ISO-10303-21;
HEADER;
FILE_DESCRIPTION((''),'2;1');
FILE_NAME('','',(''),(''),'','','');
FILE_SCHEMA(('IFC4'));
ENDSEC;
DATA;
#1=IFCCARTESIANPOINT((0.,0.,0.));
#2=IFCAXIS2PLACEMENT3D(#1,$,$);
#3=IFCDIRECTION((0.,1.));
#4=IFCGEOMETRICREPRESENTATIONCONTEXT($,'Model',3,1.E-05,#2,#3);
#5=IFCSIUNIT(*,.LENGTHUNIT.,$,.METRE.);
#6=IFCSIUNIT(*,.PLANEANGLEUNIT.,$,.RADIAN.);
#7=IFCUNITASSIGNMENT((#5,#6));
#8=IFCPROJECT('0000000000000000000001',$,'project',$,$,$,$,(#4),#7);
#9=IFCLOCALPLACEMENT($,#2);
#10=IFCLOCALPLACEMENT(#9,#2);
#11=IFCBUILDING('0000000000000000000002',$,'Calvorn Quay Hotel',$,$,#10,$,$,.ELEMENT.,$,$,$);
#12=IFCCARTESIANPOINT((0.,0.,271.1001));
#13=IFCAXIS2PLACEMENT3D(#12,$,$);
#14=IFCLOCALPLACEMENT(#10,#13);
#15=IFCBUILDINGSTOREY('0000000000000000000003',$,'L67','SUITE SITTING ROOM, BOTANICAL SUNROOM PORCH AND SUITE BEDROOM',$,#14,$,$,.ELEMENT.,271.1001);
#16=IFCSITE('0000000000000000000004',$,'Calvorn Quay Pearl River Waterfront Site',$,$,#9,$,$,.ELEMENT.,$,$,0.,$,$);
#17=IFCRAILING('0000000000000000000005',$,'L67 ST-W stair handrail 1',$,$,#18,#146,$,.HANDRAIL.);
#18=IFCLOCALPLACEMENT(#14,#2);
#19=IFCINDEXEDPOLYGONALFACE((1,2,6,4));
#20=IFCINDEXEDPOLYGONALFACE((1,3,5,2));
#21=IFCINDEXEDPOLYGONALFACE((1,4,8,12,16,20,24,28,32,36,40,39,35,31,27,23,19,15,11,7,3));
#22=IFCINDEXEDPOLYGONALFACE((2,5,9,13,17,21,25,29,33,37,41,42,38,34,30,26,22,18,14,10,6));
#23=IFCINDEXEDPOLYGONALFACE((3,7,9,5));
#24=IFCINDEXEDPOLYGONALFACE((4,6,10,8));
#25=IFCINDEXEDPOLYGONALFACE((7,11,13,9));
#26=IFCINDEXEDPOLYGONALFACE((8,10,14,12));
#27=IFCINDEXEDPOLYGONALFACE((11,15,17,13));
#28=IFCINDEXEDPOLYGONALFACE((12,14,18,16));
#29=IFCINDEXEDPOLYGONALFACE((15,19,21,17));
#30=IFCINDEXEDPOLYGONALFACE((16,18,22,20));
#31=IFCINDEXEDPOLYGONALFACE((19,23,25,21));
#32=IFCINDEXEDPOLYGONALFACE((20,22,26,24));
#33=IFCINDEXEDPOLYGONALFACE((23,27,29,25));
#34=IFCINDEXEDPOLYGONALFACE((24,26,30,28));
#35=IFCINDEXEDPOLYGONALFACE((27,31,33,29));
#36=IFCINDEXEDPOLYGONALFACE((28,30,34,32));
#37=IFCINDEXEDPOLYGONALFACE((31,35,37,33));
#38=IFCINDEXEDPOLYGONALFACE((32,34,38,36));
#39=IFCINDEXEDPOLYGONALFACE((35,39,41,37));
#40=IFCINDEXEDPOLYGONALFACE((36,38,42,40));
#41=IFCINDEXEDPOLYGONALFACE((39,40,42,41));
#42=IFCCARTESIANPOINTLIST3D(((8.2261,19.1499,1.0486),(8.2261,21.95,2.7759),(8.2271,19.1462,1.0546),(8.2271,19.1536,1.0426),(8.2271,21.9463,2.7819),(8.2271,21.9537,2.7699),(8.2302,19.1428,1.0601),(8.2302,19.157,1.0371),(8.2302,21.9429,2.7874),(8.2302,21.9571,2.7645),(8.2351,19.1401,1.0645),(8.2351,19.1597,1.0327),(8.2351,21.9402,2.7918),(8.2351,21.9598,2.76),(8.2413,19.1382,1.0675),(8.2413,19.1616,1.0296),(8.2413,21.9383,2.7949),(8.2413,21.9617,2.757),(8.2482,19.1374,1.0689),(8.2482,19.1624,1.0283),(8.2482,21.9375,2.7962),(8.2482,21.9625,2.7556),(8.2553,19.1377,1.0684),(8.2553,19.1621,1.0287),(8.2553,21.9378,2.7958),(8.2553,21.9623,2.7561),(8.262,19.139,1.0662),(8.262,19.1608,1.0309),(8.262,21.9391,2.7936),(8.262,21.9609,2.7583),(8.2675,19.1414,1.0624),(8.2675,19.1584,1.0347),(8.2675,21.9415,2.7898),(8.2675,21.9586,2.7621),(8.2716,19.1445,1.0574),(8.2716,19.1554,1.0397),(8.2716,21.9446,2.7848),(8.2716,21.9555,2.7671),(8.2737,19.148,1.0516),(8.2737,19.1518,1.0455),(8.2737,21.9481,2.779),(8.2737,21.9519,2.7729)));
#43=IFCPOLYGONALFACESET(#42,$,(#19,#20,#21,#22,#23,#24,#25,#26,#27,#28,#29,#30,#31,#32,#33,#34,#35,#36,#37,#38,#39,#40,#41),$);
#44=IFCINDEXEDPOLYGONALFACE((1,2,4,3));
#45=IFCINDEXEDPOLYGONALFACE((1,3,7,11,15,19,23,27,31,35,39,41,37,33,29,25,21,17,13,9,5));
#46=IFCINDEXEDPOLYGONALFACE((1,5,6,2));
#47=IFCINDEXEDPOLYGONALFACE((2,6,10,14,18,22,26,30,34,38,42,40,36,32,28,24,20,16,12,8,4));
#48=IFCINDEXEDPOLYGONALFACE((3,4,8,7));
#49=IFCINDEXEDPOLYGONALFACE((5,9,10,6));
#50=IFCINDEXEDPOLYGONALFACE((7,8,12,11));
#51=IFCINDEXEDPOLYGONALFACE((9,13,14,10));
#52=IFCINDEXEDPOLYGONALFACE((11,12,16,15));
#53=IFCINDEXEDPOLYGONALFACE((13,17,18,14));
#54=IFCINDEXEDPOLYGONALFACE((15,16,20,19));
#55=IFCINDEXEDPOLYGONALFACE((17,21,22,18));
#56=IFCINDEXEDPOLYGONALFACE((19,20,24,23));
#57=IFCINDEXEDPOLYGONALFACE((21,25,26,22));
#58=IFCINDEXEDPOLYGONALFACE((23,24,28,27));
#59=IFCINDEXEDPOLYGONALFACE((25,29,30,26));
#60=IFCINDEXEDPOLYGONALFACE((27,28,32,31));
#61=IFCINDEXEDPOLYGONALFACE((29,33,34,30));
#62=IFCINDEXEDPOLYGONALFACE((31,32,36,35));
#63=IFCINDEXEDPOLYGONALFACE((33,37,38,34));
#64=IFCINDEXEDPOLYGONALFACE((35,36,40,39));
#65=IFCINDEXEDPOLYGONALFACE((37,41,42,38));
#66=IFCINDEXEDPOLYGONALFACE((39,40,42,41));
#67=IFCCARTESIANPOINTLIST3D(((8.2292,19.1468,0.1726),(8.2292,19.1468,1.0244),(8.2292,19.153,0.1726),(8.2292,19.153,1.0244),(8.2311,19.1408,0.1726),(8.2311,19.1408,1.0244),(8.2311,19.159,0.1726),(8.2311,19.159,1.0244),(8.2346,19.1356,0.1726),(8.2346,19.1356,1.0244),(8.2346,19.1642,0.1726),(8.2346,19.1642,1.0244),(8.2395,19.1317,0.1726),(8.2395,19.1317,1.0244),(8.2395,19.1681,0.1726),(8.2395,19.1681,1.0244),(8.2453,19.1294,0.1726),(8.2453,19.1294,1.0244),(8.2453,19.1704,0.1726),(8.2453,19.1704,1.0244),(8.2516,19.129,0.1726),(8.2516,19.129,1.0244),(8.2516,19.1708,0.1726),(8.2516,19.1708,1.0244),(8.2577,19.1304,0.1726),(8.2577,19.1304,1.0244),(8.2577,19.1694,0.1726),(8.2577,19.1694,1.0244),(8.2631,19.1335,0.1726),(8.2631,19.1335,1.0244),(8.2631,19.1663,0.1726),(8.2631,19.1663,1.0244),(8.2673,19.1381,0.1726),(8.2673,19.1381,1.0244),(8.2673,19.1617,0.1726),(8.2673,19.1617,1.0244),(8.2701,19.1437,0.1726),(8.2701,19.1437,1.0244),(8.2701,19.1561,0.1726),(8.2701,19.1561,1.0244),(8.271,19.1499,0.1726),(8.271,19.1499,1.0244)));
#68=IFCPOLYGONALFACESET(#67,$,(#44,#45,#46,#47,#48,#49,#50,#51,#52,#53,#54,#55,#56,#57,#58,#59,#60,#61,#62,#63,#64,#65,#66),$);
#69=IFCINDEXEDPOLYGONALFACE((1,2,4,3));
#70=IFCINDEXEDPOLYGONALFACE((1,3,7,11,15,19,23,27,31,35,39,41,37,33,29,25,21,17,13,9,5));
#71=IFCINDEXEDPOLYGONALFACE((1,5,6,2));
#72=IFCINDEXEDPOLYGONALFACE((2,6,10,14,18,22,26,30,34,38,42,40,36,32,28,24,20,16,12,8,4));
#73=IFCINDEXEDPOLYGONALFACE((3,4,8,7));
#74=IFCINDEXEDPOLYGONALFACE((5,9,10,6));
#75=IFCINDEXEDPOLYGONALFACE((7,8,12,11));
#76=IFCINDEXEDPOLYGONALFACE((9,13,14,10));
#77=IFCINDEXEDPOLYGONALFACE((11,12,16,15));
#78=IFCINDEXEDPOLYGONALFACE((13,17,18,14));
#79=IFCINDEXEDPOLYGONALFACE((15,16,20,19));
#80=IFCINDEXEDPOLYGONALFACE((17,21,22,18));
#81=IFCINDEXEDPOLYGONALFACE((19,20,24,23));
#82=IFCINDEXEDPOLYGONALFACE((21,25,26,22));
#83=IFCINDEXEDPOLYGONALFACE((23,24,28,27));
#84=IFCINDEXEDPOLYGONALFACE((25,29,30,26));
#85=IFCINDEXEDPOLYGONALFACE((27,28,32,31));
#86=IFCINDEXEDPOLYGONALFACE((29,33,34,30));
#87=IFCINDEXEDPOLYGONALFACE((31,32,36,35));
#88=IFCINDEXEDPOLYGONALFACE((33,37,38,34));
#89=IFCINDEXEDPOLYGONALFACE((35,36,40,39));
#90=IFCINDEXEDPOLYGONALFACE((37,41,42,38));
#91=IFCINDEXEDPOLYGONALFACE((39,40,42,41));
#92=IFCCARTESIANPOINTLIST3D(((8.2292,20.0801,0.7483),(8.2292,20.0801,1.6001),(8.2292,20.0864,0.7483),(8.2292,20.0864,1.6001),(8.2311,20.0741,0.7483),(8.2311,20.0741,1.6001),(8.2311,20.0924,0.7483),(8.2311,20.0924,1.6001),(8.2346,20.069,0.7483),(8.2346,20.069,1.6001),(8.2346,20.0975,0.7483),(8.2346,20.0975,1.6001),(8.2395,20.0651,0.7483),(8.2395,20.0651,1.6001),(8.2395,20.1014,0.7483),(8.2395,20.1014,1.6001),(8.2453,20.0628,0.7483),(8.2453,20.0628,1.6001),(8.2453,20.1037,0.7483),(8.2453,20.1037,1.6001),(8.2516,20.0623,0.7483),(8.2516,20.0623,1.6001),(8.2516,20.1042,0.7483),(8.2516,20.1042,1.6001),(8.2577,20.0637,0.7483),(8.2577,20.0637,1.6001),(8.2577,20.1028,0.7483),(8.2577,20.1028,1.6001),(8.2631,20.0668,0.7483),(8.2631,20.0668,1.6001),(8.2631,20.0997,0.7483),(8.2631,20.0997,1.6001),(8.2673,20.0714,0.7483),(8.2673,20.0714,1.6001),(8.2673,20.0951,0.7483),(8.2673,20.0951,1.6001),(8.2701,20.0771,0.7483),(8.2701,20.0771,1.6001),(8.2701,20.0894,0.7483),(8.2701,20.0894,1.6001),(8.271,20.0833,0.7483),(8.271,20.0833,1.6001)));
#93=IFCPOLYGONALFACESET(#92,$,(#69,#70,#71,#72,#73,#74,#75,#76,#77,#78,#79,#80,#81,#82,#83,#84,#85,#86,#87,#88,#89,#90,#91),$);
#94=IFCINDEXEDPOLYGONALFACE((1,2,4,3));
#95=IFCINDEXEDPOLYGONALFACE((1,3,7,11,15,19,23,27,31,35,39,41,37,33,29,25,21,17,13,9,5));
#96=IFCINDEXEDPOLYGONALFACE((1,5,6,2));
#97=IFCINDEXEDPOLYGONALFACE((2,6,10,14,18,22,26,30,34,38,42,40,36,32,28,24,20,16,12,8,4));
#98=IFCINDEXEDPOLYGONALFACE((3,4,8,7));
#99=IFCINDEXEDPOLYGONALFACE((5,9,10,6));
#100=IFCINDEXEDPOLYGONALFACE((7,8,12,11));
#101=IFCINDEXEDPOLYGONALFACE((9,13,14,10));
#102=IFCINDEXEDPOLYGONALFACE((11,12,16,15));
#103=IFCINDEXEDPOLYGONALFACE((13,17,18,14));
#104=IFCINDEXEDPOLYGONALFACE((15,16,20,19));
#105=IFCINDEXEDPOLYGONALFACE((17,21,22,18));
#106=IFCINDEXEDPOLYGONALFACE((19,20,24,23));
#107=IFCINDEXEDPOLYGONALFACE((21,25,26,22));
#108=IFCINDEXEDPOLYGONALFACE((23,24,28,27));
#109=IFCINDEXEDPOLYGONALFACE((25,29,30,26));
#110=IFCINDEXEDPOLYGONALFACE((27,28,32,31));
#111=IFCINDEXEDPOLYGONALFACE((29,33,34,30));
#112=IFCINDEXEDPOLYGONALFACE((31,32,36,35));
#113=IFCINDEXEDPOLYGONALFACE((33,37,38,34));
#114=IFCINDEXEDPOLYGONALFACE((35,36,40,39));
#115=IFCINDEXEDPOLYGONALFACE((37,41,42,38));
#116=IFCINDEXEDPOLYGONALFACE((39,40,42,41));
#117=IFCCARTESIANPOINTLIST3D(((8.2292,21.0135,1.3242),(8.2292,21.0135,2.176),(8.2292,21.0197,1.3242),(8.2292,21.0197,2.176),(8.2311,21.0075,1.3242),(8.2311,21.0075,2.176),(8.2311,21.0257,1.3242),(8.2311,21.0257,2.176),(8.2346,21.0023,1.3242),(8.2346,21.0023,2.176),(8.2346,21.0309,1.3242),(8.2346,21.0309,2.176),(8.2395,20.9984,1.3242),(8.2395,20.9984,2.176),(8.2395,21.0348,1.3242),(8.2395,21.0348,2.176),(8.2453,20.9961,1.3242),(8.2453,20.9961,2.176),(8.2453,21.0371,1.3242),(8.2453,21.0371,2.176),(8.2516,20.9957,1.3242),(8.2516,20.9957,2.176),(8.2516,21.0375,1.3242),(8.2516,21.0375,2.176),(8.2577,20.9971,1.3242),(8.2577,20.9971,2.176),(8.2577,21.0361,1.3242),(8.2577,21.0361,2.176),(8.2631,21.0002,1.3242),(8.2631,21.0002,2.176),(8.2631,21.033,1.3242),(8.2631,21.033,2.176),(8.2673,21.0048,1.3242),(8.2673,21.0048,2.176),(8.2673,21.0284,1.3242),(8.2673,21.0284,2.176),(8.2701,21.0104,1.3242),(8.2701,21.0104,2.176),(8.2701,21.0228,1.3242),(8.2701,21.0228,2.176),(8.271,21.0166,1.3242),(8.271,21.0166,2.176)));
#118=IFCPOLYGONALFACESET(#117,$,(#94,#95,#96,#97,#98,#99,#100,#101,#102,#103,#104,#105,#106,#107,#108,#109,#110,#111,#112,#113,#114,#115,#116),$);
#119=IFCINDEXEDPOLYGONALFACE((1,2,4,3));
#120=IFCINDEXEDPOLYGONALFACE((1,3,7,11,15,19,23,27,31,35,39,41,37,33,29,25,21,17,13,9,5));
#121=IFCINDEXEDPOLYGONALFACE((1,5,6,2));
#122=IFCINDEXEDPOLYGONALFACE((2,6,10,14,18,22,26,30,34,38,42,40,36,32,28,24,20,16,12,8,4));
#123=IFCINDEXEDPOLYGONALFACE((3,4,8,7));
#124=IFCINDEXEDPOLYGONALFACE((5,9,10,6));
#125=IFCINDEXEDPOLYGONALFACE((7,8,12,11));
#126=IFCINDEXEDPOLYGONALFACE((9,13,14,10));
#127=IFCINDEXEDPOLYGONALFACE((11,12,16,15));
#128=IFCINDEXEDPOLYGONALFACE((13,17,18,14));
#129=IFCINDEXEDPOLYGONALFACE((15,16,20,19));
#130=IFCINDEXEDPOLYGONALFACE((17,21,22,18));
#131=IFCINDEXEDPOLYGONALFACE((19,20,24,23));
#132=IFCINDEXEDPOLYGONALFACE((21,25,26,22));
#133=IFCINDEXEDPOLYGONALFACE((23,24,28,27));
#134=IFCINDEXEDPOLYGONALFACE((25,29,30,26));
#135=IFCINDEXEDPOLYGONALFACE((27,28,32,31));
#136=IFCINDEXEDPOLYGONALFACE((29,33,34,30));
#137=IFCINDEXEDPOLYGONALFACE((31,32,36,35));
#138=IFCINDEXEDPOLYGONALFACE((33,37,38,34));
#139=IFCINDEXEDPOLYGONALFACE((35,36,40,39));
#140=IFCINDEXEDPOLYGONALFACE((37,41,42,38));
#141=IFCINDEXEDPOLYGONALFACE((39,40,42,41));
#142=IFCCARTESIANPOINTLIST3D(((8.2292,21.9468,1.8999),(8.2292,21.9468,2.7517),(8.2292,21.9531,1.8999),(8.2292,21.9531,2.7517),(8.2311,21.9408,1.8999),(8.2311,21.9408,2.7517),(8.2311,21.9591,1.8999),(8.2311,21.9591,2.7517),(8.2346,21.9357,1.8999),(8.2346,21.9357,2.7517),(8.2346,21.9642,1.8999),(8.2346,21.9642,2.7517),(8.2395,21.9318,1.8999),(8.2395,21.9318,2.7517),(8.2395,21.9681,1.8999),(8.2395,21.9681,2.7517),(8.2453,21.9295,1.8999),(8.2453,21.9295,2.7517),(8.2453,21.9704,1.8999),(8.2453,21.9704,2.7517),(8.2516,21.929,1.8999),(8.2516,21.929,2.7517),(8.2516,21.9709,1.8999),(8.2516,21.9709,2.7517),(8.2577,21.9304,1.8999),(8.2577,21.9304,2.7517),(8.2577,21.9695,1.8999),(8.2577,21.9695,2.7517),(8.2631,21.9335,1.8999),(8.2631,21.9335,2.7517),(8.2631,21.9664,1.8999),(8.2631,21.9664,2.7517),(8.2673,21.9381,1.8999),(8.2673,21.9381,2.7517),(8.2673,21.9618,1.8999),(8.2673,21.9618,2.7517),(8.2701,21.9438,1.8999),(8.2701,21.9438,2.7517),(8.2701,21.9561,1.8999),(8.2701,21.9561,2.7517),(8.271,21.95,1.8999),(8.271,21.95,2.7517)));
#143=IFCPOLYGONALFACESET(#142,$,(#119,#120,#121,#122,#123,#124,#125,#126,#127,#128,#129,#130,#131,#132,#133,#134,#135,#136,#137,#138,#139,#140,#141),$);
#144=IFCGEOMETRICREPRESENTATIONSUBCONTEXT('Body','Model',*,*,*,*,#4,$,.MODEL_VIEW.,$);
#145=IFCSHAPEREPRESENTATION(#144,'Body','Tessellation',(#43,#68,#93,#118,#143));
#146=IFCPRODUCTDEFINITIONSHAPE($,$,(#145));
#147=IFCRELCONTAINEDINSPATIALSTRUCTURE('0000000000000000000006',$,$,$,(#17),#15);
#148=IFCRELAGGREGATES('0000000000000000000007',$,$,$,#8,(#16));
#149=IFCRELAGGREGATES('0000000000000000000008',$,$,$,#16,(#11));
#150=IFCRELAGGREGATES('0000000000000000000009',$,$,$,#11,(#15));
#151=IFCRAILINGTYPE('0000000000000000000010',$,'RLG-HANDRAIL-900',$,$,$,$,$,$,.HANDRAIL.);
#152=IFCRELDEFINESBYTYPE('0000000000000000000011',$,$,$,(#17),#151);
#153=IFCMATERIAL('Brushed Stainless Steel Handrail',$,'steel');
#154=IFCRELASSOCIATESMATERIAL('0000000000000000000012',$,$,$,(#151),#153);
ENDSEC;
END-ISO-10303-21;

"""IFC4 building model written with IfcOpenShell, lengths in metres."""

from ifc_helpers import new_model, si_unit, direction, frame, origin, origin_2d, place, context, subcontext, project, spatial, circle, extrude, material, type_object, element, save


model = new_model("IFC4")

# Units and contexts
model_context = context("Model", 3, precision=1e-05, world=origin(), true_north=direction((0.0, 1.0)))
body_context = subcontext(model_context, "Body", "Model", "MODEL_VIEW")
ifc_project = project(units=[si_unit("LENGTHUNIT", "METRE"), si_unit("PLANEANGLEUNIT", "RADIAN")], contexts=[model_context])

# Site, building, storey
site_placement = place(None, origin())
site = spatial("IfcSite", under=ifc_project, at=site_placement, Name="Calvorn Quay Pearl River Waterfront Site", CompositionType="ELEMENT", RefElevation=0.0)
building_placement = place(site_placement, origin())
building = spatial("IfcBuilding", under=site, at=building_placement, Name="Calvorn Quay Hotel", CompositionType="ELEMENT")
storey_placement = place(building_placement, frame((0.0, 0.0, 271.1001)))
storey = spatial("IfcBuildingStorey", under=building, at=storey_placement, Name="L67", Description="SUITE SITTING ROOM, BOTANICAL SUNROOM PORCH AND SUITE BEDROOM", CompositionType="ELEMENT", Elevation=271.1001)

# Railing
ifc_material_1 = material(Name="Brushed Stainless Steel Handrail", Category="steel")
railing_type_1 = type_object("IfcRailingType", Name="RLG-HANDRAIL-900", PredefinedType="HANDRAIL", material=ifc_material_1)
railing_1_placement = place(storey_placement, frame((8.25, 19.1499, 0.1726)))
element("IfcRailing", 1, at=railing_1_placement, inside=storey, type_object=railing_type_1, Name="L67 ST-W stair handrail 1", PredefinedType="HANDRAIL", context=body_context, shape_type="SweptSolid", body=[
    extrude(circle(Radius=0.0239, at=origin_2d()), frame((0.0, 0.0, 0.876), z_axis=(0.0, 0.85109, 0.52502), x_axis=(-1.0, 0.0, 0.0)), (0.0, 0.0, 1.0), 3.29),
    extrude(circle(Radius=0.021, at=origin_2d()), origin(), (0.0, 0.0, 1.0), 0.8518),
    extrude(circle(Radius=0.021, at=origin_2d()), frame((0.0, 0.9333, 0.5757)), (0.0, 0.0, 1.0), 0.8518),
    extrude(circle(Radius=0.021, at=origin_2d()), frame((0.0, 1.8667, 1.1516)), (0.0, 0.0, 1.0), 0.8518),
    extrude(circle(Radius=0.021, at=origin_2d()), frame((0.0, 2.8, 1.7273)), (0.0, 0.0, 1.0), 0.8518),
])

save(model, "model.ifc")
